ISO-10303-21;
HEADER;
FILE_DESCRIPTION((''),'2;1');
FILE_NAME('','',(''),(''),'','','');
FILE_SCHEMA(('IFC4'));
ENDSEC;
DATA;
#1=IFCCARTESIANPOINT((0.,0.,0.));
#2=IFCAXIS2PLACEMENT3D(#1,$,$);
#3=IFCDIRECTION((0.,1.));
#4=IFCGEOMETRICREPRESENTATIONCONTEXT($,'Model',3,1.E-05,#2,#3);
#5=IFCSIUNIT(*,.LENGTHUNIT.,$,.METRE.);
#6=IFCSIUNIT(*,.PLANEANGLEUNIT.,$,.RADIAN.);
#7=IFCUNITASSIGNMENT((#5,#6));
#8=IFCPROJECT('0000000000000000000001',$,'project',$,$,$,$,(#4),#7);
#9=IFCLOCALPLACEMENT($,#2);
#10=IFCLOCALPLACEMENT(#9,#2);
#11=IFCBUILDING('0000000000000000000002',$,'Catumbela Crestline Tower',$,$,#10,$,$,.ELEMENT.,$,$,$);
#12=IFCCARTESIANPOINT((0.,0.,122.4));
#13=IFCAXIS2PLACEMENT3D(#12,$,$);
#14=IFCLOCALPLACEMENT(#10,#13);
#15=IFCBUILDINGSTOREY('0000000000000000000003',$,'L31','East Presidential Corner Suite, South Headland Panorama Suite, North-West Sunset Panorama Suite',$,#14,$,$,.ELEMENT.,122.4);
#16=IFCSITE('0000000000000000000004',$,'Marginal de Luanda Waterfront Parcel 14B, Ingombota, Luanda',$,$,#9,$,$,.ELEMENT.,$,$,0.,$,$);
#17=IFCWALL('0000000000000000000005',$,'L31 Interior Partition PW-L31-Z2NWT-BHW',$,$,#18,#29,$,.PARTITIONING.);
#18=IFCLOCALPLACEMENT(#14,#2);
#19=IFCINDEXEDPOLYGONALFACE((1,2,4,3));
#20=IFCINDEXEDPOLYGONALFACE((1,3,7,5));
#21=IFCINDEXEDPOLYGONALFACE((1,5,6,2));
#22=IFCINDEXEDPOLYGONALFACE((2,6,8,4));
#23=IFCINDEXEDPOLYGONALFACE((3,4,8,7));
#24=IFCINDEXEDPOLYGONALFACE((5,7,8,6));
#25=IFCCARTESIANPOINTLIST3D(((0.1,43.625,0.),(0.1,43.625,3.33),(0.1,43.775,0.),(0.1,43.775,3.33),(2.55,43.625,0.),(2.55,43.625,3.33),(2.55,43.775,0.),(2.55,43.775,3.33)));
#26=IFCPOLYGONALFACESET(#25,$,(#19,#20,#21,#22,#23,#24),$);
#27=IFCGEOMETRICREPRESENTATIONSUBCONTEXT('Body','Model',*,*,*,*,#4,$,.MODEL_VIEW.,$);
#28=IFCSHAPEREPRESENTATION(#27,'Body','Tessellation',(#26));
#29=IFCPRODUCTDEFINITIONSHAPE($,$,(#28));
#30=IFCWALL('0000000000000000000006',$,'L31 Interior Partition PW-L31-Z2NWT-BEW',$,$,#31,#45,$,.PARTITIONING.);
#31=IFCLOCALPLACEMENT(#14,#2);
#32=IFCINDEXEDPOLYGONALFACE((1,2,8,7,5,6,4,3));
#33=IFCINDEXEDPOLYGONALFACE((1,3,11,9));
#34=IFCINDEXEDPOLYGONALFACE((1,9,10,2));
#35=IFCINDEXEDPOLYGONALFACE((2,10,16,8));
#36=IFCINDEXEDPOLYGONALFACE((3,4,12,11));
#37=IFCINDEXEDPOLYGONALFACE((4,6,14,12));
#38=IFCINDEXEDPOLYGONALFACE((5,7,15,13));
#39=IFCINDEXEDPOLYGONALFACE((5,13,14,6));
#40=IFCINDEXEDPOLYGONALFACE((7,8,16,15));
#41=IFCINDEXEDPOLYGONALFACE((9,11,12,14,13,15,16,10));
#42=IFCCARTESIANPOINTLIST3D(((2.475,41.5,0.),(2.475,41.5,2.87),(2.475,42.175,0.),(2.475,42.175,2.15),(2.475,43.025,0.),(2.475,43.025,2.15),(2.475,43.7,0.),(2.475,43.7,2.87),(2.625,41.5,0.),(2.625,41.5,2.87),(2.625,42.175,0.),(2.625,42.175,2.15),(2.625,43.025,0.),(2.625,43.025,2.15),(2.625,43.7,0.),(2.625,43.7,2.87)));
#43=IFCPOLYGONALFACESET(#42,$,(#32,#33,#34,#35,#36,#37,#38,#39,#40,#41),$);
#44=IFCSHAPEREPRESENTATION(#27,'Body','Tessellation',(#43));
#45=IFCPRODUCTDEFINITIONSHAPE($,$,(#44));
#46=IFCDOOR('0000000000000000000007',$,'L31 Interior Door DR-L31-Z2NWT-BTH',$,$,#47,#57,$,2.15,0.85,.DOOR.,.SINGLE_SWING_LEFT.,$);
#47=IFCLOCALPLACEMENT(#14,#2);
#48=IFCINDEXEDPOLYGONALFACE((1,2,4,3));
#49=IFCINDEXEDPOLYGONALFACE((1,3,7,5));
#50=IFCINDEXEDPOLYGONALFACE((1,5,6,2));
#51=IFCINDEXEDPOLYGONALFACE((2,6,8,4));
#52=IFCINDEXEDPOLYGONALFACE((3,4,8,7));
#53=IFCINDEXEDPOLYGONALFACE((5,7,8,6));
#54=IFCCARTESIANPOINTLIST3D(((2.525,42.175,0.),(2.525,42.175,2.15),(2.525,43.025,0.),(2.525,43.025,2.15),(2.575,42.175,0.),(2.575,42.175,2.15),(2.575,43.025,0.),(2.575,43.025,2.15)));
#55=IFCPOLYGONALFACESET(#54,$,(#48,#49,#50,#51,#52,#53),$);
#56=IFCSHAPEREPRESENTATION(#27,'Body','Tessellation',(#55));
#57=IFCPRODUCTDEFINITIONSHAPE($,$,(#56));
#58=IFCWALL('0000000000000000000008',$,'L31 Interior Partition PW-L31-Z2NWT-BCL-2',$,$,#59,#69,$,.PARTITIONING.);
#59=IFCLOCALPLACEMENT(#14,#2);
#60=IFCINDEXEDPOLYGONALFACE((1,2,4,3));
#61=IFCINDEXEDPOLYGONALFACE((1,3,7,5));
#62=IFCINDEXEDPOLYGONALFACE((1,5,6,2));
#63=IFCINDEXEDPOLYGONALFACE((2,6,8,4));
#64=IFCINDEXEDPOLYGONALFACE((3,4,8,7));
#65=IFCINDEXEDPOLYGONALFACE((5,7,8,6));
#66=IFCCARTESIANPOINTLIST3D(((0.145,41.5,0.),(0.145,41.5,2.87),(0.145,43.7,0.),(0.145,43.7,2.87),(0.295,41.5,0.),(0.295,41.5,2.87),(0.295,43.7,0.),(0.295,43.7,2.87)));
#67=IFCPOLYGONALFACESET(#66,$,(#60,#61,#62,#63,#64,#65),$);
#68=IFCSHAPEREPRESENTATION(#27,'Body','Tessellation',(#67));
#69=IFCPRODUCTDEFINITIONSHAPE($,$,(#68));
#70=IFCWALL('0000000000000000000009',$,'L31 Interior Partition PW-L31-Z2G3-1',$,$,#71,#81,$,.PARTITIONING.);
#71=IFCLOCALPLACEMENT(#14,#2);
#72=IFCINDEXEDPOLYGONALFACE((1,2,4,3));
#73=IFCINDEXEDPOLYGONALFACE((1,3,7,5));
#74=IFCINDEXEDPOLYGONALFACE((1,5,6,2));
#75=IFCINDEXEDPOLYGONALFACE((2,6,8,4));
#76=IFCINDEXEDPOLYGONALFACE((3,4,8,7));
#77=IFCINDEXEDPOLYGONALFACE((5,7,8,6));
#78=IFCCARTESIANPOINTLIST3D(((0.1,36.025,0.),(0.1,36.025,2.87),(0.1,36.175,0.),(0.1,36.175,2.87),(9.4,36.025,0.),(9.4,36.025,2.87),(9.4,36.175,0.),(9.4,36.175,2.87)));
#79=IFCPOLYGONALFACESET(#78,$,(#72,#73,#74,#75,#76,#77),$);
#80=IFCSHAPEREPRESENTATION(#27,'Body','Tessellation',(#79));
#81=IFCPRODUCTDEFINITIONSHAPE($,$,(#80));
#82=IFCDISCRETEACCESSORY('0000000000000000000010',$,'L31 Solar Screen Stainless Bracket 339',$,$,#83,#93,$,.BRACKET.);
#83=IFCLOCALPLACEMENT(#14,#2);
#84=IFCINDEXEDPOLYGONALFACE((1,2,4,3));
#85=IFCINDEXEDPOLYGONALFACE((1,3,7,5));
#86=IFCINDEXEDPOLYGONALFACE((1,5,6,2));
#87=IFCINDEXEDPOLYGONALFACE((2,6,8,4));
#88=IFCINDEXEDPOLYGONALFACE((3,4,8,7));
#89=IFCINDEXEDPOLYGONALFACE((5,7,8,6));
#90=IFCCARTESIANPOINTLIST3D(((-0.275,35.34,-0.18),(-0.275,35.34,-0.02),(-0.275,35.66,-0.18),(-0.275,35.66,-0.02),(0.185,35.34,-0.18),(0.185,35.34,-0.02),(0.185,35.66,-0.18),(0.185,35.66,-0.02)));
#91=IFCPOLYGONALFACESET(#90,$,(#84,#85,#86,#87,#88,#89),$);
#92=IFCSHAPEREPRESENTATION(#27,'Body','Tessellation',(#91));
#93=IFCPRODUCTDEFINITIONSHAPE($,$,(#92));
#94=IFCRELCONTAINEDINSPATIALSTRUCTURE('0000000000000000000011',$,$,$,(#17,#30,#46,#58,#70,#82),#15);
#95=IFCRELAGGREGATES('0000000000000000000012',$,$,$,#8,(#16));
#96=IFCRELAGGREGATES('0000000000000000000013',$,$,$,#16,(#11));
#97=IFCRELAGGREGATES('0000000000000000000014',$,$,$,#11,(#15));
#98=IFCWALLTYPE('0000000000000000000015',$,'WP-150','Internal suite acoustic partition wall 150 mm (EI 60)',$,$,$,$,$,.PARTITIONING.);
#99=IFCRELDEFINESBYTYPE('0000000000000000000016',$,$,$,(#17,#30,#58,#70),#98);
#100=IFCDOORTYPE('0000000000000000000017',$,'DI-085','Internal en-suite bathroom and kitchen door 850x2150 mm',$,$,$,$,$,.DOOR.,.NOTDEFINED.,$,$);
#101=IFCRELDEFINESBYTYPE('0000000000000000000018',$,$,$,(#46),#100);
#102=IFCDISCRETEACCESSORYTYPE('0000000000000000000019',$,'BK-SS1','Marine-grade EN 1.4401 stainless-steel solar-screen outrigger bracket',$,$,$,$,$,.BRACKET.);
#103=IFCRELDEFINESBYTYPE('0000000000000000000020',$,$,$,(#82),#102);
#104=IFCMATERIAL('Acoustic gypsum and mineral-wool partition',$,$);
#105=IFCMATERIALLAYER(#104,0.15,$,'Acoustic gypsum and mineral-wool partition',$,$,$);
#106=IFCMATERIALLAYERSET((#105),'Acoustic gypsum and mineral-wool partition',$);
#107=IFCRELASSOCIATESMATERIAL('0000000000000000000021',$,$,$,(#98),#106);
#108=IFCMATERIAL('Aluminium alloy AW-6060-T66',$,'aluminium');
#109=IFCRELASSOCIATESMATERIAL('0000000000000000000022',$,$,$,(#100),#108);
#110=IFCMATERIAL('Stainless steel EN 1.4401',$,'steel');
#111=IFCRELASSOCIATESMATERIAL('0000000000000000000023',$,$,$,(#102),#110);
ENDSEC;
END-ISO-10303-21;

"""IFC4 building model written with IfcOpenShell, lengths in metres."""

from ifc_helpers import new_model, si_unit, direction, frame, frame_2d, origin, origin_2d, place, context, subcontext, project, spatial, rectangle, extrude, material, layer, layer_set, type_object, element, fill, save


model = new_model("IFC4")

# Units and contexts
model_context = context("Model", 3, precision=1e-05, world=origin(), true_north=direction((0.0, 1.0)))
body_context = subcontext(model_context, "Body", "Model", "MODEL_VIEW")
ifc_project = project(units=[si_unit("LENGTHUNIT", "METRE"), si_unit("PLANEANGLEUNIT", "RADIAN")], contexts=[model_context])

# Site, building, storey
site_placement = place(None, origin())
site = spatial("IfcSite", under=ifc_project, at=site_placement, Name="Marginal de Luanda Waterfront Parcel 14B, Ingombota, Luanda", CompositionType="ELEMENT", RefElevation=0.0)
building_placement = place(site_placement, origin())
building = spatial("IfcBuilding", under=site, at=building_placement, Name="Catumbela Crestline Tower", CompositionType="ELEMENT")
storey_placement = place(building_placement, frame((0.0, 0.0, 122.4)))
storey = spatial("IfcBuildingStorey", under=building, at=storey_placement, Name="L31", Description="East Presidential Corner Suite, South Headland Panorama Suite, North-West Sunset Panorama Suite", CompositionType="ELEMENT", Elevation=122.4)

# Shared definitions
ifc_material_1 = material(Name="Aluminium alloy AW-6060-T66", Category="aluminium")

# Shared definitions
ifc_material_2 = material(Name="Acoustic gypsum and mineral-wool partition")

# Wall
ifc_layer_1 = layer(ifc_material_2, 0.15, Name="Acoustic gypsum and mineral-wool partition")
ifc_layer_set_1 = layer_set([ifc_layer_1], Name="Acoustic gypsum and mineral-wool partition")
wall_type_1 = type_object("IfcWallType", Name="WP-150", Description="Internal suite acoustic partition wall 150 mm (EI 60)", PredefinedType="PARTITIONING", material=ifc_layer_set_1)
wall_1_placement = place(storey_placement, frame((0.1, 43.7, 0.0), z_axis=(0.0, 0.0, 1.0), x_axis=(1.0, 0.0, 0.0)))
element("IfcWall", 1, at=wall_1_placement, inside=storey, type_object=wall_type_1, Name="L31 Interior Partition PW-L31-Z2NWT-BHW", PredefinedType="PARTITIONING", context=body_context, shape_type="SweptSolid", body=[
    extrude(rectangle(XDim=2.45, YDim=0.15, at=frame_2d((1.225, 0.0))), origin(), (0.0, 0.0, 1.0), 3.33),
])

# Wall, opening, door
wall_2_placement = place(storey_placement, frame((2.55, 41.5, 0.0), z_axis=(0.0, 0.0, 1.0), x_axis=(0.0, 1.0, 0.0)))
wall_2 = element("IfcWall", 2, at=wall_2_placement, inside=storey, type_object=wall_type_1, Name="L31 Interior Partition PW-L31-Z2NWT-BEW", PredefinedType="PARTITIONING", context=body_context, shape_type="SweptSolid", body=[
    extrude(rectangle(XDim=2.2, YDim=0.15, at=frame_2d((1.1, 0.0))), origin(), (0.0, 0.0, 1.0), 2.87),
])
opening_1_placement = place(wall_2_placement, frame((0.675, 0.0, 0.0)))
opening_1 = element("IfcOpeningElement", 3, at=opening_1_placement, cuts=wall_2, PredefinedType="OPENING", context=body_context, shape_type="SweptSolid", body=[
    extrude(rectangle(XDim=0.85, YDim=2.15, at=frame_2d((0.425, 1.075))), frame((0.0, 0.085, 0.0), z_axis=(0.0, -1.0, 0.0), x_axis=(1.0, 0.0, 0.0)), (0.0, 0.0, 1.0), 0.17),
])
door_type_1 = type_object("IfcDoorType", Name="DI-085", Description="Internal en-suite bathroom and kitchen door 850x2150 mm", OperationType="NOTDEFINED", PredefinedType="DOOR", material=ifc_material_1)
door_1_placement = place(opening_1_placement, origin())
door_1 = element("IfcDoor", 4, at=door_1_placement, inside=storey, type_object=door_type_1, Name="L31 Interior Door DR-L31-Z2NWT-BTH", OperationType="SINGLE_SWING_LEFT", OverallHeight=2.15, OverallWidth=0.85, PredefinedType="DOOR", context=body_context, shape_type="SweptSolid", body=[
    extrude(rectangle(XDim=0.85, YDim=2.15, at=frame_2d((0.425, 1.075))), frame((0.0, 0.025, 0.0), z_axis=(0.0, -1.0, 0.0), x_axis=(1.0, 0.0, 0.0)), (0.0, 0.0, 1.0), 0.05),
])
fill(opening_1, door_1)

# Walls
wall_3_placement = place(storey_placement, frame((0.22, 41.5, 0.0), z_axis=(0.0, 0.0, 1.0), x_axis=(0.0, 1.0, 0.0)))
element("IfcWall", 5, at=wall_3_placement, inside=storey, type_object=wall_type_1, Name="L31 Interior Partition PW-L31-Z2NWT-BCL-2", PredefinedType="PARTITIONING", context=body_context, shape_type="SweptSolid", body=[
    extrude(rectangle(XDim=2.2, YDim=0.15, at=frame_2d((1.1, 0.0))), origin(), (0.0, 0.0, 1.0), 2.87),
])
wall_4_placement = place(storey_placement, frame((0.1, 36.1, 0.0), z_axis=(0.0, 0.0, 1.0), x_axis=(1.0, 0.0, 0.0)))
element("IfcWall", 6, at=wall_4_placement, inside=storey, type_object=wall_type_1, Name="L31 Interior Partition PW-L31-Z2G3-1", PredefinedType="PARTITIONING", context=body_context, shape_type="SweptSolid", body=[
    extrude(rectangle(XDim=9.3, YDim=0.15, at=frame_2d((4.65, 0.0))), origin(), (0.0, 0.0, 1.0), 2.87),
])

# Discrete accessory
ifc_material_3 = material(Name="Stainless steel EN 1.4401", Category="steel")
discrete_accessory_type = type_object("IfcDiscreteAccessoryType", Name="BK-SS1", Description="Marine-grade EN 1.4401 stainless-steel solar-screen outrigger bracket", PredefinedType="BRACKET", material=ifc_material_3)
discrete_accessory_placement = place(storey_placement, frame((-0.045, 35.5, -0.18), z_axis=(0.0, 0.0, 1.0), x_axis=(0.0, -1.0, 0.0)))
element("IfcDiscreteAccessory", 7, at=discrete_accessory_placement, inside=storey, type_object=discrete_accessory_type, Name="L31 Solar Screen Stainless Bracket 339", PredefinedType="BRACKET", context=body_context, shape_type="SweptSolid", body=[
    extrude(rectangle(XDim=0.32, YDim=0.46, at=origin_2d()), origin(), (0.0, 0.0, 1.0), 0.16),
])

save(model, "model.ifc")
